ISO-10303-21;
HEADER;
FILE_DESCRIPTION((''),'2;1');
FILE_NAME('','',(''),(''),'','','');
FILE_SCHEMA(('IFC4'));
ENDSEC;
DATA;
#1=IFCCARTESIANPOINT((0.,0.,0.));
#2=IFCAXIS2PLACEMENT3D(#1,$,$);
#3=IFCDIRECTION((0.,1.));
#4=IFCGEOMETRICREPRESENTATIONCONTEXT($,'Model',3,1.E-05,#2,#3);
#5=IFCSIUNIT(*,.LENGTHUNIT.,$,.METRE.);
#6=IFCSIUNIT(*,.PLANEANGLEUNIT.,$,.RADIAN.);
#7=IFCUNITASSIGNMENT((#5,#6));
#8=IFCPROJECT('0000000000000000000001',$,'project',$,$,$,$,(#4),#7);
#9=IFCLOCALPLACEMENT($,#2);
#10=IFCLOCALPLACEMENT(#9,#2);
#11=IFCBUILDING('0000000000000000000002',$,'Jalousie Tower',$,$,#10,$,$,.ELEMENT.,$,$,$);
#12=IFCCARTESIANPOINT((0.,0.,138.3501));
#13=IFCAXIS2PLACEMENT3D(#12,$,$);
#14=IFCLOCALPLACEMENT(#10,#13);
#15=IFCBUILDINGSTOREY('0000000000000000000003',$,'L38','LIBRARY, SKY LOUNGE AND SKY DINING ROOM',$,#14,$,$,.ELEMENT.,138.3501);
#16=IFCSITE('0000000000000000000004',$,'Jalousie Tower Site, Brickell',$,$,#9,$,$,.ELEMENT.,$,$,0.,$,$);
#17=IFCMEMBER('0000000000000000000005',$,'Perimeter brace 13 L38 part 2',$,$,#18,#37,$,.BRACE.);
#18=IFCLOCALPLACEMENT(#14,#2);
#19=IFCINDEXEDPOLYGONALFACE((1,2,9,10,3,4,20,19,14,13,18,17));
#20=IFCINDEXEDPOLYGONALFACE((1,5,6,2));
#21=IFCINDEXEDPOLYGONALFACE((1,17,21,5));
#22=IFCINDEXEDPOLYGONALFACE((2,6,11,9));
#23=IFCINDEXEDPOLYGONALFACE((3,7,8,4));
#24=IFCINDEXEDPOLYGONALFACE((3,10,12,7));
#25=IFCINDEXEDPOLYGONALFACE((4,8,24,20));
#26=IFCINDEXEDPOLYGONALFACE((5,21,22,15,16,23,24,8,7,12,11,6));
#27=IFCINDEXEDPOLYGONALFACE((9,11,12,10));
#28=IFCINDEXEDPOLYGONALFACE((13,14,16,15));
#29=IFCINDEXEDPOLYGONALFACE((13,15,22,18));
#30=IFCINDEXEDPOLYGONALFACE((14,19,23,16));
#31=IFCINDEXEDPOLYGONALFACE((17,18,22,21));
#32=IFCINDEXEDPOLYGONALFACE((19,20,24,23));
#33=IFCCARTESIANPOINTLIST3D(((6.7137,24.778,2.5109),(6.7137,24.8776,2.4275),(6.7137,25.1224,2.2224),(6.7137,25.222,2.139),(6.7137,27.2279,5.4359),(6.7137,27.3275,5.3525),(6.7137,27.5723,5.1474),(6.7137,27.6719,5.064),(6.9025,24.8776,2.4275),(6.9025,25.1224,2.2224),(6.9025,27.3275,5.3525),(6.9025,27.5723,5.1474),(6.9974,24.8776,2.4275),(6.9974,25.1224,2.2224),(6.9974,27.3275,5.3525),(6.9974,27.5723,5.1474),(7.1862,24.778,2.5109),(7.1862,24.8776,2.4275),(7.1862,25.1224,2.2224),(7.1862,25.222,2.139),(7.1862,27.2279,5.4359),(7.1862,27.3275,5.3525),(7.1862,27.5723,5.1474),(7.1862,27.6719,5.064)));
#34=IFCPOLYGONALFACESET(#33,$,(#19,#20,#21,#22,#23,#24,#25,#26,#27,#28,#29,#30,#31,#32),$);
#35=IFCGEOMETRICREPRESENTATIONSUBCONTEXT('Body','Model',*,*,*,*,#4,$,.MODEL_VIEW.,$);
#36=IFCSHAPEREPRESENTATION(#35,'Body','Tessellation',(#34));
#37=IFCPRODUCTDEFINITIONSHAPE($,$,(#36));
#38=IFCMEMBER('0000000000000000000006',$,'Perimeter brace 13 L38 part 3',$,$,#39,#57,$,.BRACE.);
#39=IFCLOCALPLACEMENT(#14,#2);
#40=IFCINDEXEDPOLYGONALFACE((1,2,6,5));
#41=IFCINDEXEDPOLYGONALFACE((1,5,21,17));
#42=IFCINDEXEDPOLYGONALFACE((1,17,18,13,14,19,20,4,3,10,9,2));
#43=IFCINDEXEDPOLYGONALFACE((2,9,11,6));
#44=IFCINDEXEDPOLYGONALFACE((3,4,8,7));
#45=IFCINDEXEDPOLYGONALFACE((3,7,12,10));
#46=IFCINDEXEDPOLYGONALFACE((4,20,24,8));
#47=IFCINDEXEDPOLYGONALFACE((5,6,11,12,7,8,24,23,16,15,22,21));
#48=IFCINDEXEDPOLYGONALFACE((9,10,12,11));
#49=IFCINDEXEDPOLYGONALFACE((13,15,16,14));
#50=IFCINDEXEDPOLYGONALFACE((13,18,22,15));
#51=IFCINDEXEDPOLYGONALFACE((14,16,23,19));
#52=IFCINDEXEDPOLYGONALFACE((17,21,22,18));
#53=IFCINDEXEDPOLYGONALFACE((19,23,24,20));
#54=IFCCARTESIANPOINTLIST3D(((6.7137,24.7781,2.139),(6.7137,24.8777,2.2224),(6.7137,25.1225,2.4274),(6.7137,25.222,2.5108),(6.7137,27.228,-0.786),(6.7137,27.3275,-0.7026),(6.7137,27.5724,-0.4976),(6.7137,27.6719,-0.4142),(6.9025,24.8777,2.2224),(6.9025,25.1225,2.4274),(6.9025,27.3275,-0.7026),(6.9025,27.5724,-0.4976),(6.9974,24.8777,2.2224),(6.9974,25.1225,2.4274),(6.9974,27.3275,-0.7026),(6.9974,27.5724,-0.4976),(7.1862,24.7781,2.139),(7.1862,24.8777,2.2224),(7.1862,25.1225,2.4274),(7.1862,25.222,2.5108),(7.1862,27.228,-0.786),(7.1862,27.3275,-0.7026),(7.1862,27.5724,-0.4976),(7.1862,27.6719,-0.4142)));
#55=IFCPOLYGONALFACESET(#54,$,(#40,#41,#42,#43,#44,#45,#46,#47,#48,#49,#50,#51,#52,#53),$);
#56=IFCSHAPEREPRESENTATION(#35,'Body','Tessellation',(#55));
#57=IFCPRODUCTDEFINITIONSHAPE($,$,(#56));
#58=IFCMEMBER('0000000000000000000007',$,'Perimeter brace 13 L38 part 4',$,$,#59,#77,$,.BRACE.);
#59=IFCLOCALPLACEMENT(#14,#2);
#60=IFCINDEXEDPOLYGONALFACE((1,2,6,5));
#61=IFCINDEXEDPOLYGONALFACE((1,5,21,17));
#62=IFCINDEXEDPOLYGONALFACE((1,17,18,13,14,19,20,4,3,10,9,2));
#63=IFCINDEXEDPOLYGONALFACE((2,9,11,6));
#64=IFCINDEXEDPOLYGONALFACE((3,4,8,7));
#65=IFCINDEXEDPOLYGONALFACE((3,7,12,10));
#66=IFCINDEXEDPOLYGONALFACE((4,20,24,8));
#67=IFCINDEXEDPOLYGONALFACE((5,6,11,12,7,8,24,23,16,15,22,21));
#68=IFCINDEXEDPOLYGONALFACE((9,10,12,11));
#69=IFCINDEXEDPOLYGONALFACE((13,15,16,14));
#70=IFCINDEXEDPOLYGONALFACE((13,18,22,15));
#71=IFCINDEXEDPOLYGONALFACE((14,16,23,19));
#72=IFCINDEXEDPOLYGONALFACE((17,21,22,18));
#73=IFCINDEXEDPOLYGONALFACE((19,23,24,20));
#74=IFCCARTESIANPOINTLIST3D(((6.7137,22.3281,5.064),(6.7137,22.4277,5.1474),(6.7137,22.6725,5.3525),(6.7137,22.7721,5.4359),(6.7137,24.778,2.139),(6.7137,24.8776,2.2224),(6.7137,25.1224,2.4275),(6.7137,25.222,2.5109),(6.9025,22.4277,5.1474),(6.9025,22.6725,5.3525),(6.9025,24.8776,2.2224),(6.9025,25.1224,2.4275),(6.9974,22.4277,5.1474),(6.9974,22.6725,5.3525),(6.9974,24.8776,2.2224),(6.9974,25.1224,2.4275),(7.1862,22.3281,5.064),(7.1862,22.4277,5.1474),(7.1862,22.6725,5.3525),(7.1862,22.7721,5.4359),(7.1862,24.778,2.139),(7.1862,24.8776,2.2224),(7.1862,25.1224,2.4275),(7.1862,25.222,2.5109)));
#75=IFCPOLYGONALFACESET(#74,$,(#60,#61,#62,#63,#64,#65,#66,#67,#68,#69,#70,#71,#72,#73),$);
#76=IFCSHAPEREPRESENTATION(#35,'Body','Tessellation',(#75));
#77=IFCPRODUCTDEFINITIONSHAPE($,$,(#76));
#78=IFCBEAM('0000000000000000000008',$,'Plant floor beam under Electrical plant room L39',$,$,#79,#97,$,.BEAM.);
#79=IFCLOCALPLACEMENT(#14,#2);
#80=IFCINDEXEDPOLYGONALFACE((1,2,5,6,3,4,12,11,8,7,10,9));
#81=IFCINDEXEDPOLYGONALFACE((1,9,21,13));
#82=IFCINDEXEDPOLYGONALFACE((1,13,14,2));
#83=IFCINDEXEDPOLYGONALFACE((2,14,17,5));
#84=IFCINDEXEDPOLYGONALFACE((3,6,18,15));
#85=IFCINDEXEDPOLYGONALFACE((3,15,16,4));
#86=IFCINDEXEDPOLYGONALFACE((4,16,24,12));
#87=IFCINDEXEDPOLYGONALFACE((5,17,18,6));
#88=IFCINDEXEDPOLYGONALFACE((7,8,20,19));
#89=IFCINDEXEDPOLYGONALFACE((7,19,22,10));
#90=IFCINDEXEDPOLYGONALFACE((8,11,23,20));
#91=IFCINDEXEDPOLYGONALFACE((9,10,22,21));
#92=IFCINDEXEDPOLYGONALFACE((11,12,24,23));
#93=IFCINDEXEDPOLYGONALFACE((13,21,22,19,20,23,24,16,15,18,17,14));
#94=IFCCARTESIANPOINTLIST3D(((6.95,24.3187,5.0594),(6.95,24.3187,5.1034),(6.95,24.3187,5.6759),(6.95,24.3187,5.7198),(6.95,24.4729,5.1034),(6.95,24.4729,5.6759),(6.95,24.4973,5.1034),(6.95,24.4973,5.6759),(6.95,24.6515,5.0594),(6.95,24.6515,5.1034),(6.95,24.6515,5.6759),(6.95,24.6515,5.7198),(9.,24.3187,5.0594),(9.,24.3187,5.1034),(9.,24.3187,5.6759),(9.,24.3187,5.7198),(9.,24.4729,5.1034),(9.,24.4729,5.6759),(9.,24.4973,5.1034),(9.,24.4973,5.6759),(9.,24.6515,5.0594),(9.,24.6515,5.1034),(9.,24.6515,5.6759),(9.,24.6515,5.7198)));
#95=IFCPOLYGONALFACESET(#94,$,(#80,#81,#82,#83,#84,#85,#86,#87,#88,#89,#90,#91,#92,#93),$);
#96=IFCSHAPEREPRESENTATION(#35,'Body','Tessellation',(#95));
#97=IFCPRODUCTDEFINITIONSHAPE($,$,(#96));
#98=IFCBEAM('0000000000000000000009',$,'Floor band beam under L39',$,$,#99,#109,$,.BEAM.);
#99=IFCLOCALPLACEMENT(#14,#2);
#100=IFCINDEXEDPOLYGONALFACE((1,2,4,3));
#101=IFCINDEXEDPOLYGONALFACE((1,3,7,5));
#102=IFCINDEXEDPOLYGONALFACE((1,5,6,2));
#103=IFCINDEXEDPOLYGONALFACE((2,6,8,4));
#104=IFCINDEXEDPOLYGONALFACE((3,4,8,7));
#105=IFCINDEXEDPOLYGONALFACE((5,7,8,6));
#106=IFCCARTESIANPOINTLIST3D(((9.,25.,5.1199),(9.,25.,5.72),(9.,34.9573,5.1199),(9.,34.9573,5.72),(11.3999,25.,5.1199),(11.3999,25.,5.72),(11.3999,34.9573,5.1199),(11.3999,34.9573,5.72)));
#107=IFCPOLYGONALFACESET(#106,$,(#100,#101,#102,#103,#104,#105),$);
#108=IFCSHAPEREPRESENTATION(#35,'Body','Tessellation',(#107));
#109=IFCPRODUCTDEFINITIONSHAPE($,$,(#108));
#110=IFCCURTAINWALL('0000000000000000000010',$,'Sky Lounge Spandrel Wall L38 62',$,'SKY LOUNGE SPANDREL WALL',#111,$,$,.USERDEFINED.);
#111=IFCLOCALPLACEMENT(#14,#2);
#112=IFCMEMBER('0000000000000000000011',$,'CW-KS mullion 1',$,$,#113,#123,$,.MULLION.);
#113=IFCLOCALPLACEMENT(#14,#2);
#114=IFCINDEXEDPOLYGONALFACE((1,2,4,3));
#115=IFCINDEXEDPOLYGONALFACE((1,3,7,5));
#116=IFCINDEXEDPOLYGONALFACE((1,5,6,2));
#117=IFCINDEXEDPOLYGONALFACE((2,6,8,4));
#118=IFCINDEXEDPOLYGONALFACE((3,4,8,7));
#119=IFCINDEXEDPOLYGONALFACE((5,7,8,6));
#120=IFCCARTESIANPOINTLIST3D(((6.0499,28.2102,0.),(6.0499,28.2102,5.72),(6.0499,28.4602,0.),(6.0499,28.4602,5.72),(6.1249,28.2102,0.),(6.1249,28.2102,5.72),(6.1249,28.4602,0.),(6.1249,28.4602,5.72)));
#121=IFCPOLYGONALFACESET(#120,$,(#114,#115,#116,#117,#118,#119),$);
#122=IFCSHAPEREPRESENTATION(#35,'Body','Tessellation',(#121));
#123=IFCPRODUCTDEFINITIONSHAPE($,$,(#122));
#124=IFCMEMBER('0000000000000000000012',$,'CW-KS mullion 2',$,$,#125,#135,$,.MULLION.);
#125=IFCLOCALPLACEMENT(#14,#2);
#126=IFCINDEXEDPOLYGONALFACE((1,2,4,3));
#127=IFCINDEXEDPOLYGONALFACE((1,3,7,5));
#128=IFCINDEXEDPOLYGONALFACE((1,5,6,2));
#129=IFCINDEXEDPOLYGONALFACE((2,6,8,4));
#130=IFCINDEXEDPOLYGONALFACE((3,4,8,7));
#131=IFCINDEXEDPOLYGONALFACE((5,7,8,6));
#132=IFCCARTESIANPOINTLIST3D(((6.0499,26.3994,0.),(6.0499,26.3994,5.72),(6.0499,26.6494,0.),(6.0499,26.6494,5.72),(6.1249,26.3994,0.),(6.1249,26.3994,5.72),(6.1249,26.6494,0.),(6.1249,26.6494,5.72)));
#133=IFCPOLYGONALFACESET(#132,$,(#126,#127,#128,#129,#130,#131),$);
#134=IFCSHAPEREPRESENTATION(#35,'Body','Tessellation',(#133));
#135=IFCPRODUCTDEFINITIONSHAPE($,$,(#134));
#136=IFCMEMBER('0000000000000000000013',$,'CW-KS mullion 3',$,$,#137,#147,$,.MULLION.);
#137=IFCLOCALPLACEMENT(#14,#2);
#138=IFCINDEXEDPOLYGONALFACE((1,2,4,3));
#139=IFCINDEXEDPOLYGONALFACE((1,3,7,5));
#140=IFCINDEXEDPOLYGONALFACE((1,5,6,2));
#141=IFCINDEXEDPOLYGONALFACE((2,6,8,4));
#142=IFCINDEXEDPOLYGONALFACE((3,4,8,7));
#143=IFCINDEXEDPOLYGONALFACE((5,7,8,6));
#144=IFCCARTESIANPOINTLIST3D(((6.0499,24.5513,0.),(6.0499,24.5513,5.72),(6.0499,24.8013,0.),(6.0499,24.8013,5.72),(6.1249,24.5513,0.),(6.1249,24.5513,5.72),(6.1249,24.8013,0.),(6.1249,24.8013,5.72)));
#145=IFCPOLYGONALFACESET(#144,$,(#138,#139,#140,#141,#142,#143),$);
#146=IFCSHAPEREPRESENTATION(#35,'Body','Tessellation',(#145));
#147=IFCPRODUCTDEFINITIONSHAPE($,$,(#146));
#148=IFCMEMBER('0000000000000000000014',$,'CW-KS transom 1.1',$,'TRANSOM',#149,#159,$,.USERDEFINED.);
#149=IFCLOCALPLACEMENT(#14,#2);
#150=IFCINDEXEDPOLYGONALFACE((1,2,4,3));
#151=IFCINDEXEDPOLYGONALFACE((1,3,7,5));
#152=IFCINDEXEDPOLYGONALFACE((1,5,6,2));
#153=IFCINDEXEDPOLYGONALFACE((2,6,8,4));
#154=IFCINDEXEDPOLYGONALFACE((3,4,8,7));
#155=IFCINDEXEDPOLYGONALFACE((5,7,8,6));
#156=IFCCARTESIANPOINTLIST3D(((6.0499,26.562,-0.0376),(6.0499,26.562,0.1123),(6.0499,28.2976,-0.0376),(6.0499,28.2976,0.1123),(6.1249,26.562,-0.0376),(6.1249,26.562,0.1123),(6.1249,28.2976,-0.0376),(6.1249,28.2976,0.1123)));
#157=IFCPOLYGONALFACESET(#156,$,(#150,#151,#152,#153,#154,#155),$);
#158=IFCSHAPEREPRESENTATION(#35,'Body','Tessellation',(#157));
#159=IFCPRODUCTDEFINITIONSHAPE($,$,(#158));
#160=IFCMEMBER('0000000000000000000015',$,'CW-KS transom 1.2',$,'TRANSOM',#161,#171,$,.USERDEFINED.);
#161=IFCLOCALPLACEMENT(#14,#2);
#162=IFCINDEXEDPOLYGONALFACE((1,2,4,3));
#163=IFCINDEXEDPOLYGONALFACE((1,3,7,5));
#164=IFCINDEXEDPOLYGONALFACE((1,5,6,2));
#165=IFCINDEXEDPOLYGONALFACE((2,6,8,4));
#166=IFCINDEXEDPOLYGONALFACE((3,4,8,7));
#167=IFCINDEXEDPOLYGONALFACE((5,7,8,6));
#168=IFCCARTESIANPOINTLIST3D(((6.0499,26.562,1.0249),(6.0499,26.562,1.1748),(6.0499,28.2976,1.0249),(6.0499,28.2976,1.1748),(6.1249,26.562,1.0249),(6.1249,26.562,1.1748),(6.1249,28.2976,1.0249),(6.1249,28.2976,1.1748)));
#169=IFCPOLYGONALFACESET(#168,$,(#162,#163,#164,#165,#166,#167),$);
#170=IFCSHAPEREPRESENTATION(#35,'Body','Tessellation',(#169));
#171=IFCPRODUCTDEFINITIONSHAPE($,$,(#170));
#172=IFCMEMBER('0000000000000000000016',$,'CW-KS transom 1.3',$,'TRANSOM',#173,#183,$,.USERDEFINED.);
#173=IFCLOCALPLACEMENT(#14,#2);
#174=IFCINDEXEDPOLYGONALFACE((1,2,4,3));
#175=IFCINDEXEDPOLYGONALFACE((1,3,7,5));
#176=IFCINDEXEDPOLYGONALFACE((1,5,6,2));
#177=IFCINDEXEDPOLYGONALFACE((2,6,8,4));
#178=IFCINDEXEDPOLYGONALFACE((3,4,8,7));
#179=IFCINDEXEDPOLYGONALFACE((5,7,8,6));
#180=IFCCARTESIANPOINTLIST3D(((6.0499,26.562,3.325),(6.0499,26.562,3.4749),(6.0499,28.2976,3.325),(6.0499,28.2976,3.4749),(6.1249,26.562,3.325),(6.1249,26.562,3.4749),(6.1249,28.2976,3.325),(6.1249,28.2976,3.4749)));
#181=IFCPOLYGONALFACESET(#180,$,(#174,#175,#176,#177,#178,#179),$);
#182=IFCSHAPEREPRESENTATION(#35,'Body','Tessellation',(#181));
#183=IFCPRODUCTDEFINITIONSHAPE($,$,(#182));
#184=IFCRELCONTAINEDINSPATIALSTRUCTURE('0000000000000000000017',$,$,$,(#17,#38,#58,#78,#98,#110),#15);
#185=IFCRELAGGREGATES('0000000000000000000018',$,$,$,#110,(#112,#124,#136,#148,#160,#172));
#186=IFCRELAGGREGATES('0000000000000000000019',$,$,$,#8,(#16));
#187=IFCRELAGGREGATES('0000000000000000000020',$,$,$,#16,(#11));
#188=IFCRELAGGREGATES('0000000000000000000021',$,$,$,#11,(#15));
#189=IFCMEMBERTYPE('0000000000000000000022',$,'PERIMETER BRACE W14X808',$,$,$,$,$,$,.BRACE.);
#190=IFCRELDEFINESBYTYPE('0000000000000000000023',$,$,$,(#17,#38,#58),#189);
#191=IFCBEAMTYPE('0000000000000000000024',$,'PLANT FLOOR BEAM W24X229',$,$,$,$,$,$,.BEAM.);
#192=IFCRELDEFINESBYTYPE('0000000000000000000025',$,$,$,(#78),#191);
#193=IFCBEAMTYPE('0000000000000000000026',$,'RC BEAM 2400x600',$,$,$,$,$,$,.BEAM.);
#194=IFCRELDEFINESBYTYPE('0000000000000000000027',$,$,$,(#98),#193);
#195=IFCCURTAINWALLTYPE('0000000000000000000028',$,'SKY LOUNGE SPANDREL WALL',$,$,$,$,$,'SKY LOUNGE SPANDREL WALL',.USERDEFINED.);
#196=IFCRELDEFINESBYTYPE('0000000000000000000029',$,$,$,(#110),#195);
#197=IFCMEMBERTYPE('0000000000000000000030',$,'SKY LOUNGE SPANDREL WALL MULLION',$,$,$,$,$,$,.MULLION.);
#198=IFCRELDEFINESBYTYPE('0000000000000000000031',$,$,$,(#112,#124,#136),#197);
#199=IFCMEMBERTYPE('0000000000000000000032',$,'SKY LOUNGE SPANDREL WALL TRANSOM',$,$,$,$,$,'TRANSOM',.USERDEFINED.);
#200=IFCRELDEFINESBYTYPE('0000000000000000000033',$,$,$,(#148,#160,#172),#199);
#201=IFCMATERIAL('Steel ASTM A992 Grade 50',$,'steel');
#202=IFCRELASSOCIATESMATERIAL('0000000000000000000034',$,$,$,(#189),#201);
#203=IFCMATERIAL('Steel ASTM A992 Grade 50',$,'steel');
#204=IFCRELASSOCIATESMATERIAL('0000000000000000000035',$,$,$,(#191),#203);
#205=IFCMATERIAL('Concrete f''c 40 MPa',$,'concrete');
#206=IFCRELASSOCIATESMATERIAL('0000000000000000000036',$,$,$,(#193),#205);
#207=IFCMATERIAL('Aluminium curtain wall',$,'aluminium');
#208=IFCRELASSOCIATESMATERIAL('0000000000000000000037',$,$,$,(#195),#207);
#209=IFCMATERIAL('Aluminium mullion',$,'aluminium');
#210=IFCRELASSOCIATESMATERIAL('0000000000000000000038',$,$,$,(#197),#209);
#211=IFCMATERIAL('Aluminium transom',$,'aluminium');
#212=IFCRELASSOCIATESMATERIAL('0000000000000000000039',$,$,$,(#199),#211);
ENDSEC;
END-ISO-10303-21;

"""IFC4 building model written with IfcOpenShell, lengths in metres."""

from ifc_helpers import new_model, si_unit, direction, frame, origin, origin_2d, place, context, subcontext, project, spatial, rectangle, i_section, extrude, material, material_profile, profile_set, type_object, element, aggregate, save


model = new_model("IFC4")

# Units and contexts
model_context = context("Model", 3, precision=1e-05, world=origin(), true_north=direction((0.0, 1.0)))
body_context = subcontext(model_context, "Body", "Model", "MODEL_VIEW")
ifc_project = project(units=[si_unit("LENGTHUNIT", "METRE"), si_unit("PLANEANGLEUNIT", "RADIAN")], contexts=[model_context])

# Site, building, storey
site_placement = place(None, origin())
site = spatial("IfcSite", under=ifc_project, at=site_placement, Name="Jalousie Tower Site, Brickell", CompositionType="ELEMENT", RefElevation=0.0)
building_placement = place(site_placement, origin())
building = spatial("IfcBuilding", under=site, at=building_placement, Name="Jalousie Tower", CompositionType="ELEMENT")
storey_placement = place(building_placement, frame((0.0, 0.0, 138.3501)))
storey = spatial("IfcBuildingStorey", under=building, at=storey_placement, Name="L38", Description="LIBRARY, SKY LOUNGE AND SKY DINING ROOM", CompositionType="ELEMENT", Elevation=138.3501)

# Members
ifc_material_1 = material(Name="Steel ASTM A992 Grade 50", Category="steel")
ifc_material_profile_1 = material_profile(ifc_material_1, i_section(OverallWidth=0.4724, OverallDepth=0.5791, WebThickness=0.095, FlangeThickness=0.1299, at=origin_2d()), Name="W14X808")
ifc_profile_set_1 = profile_set([ifc_material_profile_1], Name="Steel ASTM A992 Grade 50")
member_type_1 = type_object("IfcMemberType", Name="PERIMETER BRACE W14X808", PredefinedType="BRACE", material=ifc_profile_set_1)
for number, where, z_axis, x_axis, name in (
    (1, (6.95, 25.0, 2.325), (0.0, 0.642102, 0.766619), (-1.0, 0.0, 0.0), "Perimeter brace 13 L38 part 2"),
    (2, (6.95, 27.45, -0.6001), (0.0, -0.642102, 0.766619), (1.0, 0.0, 0.0), "Perimeter brace 13 L38 part 3"),
    (3, (6.95, 25.0, 2.325), (0.0, -0.642102, 0.766619), (1.0, 0.0, 0.0), "Perimeter brace 13 L38 part 4"),
):
    element("IfcMember", number, at=place(storey_placement, frame(where, z_axis=z_axis, x_axis=x_axis)), inside=storey, type_object=member_type_1, Name=name, PredefinedType="BRACE", context=body_context, shape_type="SweptSolid", body=[
        extrude(i_section(OverallWidth=0.4724, OverallDepth=0.5791, WebThickness=0.095, FlangeThickness=0.1299, at=origin_2d()), origin(), (0.0, 0.0, 1.0), 3.8154),
    ])

# Beams
ifc_material_2 = material(Name="Steel ASTM A992 Grade 50", Category="steel")
ifc_material_profile_2 = material_profile(ifc_material_2, i_section(OverallWidth=0.3328, OverallDepth=0.6604, WebThickness=0.0244, FlangeThickness=0.0439, at=origin_2d()), Name="W24X229")
ifc_profile_set_2 = profile_set([ifc_material_profile_2], Name="Steel ASTM A992 Grade 50")
beam_type_1 = type_object("IfcBeamType", Name="PLANT FLOOR BEAM W24X229", PredefinedType="BEAM", material=ifc_profile_set_2)
beam_1_placement = place(storey_placement, frame((6.95, 24.4851, 5.3896), z_axis=(1.0, 0.0, 0.0), x_axis=(0.0, 1.0, 0.0)))
element("IfcBeam", 4, at=beam_1_placement, inside=storey, type_object=beam_type_1, Name="Plant floor beam under Electrical plant room L39", PredefinedType="BEAM", context=body_context, shape_type="SweptSolid", body=[
    extrude(i_section(OverallWidth=0.3328, OverallDepth=0.6604, WebThickness=0.0244, FlangeThickness=0.0439, at=origin_2d()), origin(), (0.0, 0.0, 1.0), 2.05),
])
ifc_material_3 = material(Name="Concrete f'c 40 MPa", Category="concrete")
ifc_material_profile_3 = material_profile(ifc_material_3, rectangle(XDim=2.3999, YDim=0.6001, at=origin_2d()), Name="RC 2400x600")
ifc_profile_set_3 = profile_set([ifc_material_profile_3], Name="Concrete f'c 40 MPa")
beam_type_2 = type_object("IfcBeamType", Name="RC BEAM 2400x600", PredefinedType="BEAM", material=ifc_profile_set_3)
beam_2_placement = place(storey_placement, frame((10.2, 25.0, 5.4199), z_axis=(0.0, 1.0, 0.0), x_axis=(-1.0, 0.0, 0.0)))
element("IfcBeam", 5, at=beam_2_placement, inside=storey, type_object=beam_type_2, Name="Floor band beam under L39", PredefinedType="BEAM", context=body_context, shape_type="SweptSolid", body=[
    extrude(rectangle(XDim=2.3999, YDim=0.6001, at=origin_2d()), origin(), (0.0, 0.0, 1.0), 9.9573),
])

# Curtain wall, members
ifc_material_4 = material(Name="Aluminium curtain wall", Category="aluminium")
curtain_wall_type = type_object("IfcCurtainWallType", Name="SKY LOUNGE SPANDREL WALL", ElementType="SKY LOUNGE SPANDREL WALL", PredefinedType="USERDEFINED", material=ifc_material_4)
curtain_wall_placement = place(storey_placement, origin())
curtain_wall = element("IfcCurtainWall", 6, at=curtain_wall_placement, inside=storey, type_object=curtain_wall_type, Name="Sky Lounge Spandrel Wall L38 62", ObjectType="SKY LOUNGE SPANDREL WALL", PredefinedType="USERDEFINED")
ifc_material_5 = material(Name="Aluminium mullion", Category="aluminium")
ifc_material_profile_4 = material_profile(ifc_material_5, rectangle(XDim=0.075, YDim=0.25, at=origin_2d()), Name="MULLION 75x250")
ifc_profile_set_4 = profile_set([ifc_material_profile_4], Name="Aluminium mullion")
member_type_2 = type_object("IfcMemberType", Name="SKY LOUNGE SPANDREL WALL MULLION", PredefinedType="MULLION", material=ifc_profile_set_4)
member_1_placement = place(storey_placement, frame((6.0874, 28.3352, 0.0), z_axis=(0.0, 0.0, 1.0), x_axis=(1.0, 0.0, 0.0)))
member_1 = element("IfcMember", 7, at=member_1_placement, type_object=member_type_2, Name="CW-KS mullion 1", PredefinedType="MULLION", context=body_context, shape_type="SweptSolid", body=[
    extrude(rectangle(XDim=0.075, YDim=0.25, at=origin_2d()), origin(), (0.0, 0.0, 1.0), 5.72),
])
member_2_placement = place(storey_placement, frame((6.0874, 26.5244, 0.0), z_axis=(0.0, 0.0, 1.0), x_axis=(1.0, 0.0, 0.0)))
member_2 = element("IfcMember", 8, at=member_2_placement, type_object=member_type_2, Name="CW-KS mullion 2", PredefinedType="MULLION", context=body_context, shape_type="SweptSolid", body=[
    extrude(rectangle(XDim=0.075, YDim=0.25, at=origin_2d()), origin(), (0.0, 0.0, 1.0), 5.72),
])
member_3_placement = place(storey_placement, frame((6.0874, 24.6763, 0.0), z_axis=(0.0, 0.0, 1.0), x_axis=(1.0, 0.0, 0.0)))
member_3 = element("IfcMember", 9, at=member_3_placement, type_object=member_type_2, Name="CW-KS mullion 3", PredefinedType="MULLION", context=body_context, shape_type="SweptSolid", body=[
    extrude(rectangle(XDim=0.075, YDim=0.25, at=origin_2d()), origin(), (0.0, 0.0, 1.0), 5.72),
])
ifc_material_6 = material(Name="Aluminium transom", Category="aluminium")
ifc_material_profile_5 = material_profile(ifc_material_6, rectangle(XDim=0.075, YDim=0.1499, at=origin_2d()), Name="TRANSOM 75x150")
ifc_profile_set_5 = profile_set([ifc_material_profile_5], Name="Aluminium transom")
member_type_3 = type_object("IfcMemberType", Name="SKY LOUNGE SPANDREL WALL TRANSOM", ElementType="TRANSOM", PredefinedType="USERDEFINED", material=ifc_profile_set_5)
member_4_placement = place(storey_placement, frame((6.0874, 28.2976, 0.0374), z_axis=(0.0, -1.0, 0.0), x_axis=(1.0, 0.0, 0.0)))
member_4 = element("IfcMember", 10, at=member_4_placement, type_object=member_type_3, Name="CW-KS transom 1.1", ObjectType="TRANSOM", PredefinedType="USERDEFINED", context=body_context, shape_type="SweptSolid", body=[
    extrude(rectangle(XDim=0.075, YDim=0.1499, at=origin_2d()), origin(), (0.0, 0.0, 1.0), 1.7356),
])
member_5_placement = place(storey_placement, frame((6.0874, 28.2976, 1.0999), z_axis=(0.0, -1.0, 0.0), x_axis=(1.0, 0.0, 0.0)))
member_5 = element("IfcMember", 11, at=member_5_placement, type_object=member_type_3, Name="CW-KS transom 1.2", ObjectType="TRANSOM", PredefinedType="USERDEFINED", context=body_context, shape_type="SweptSolid", body=[
    extrude(rectangle(XDim=0.075, YDim=0.1499, at=origin_2d()), origin(), (0.0, 0.0, 1.0), 1.7356),
])
member_6_placement = place(storey_placement, frame((6.0874, 28.2976, 3.3999), z_axis=(0.0, -1.0, 0.0), x_axis=(1.0, 0.0, 0.0)))
member_6 = element("IfcMember", 12, at=member_6_placement, type_object=member_type_3, Name="CW-KS transom 1.3", ObjectType="TRANSOM", PredefinedType="USERDEFINED", context=body_context, shape_type="SweptSolid", body=[
    extrude(rectangle(XDim=0.075, YDim=0.1499, at=origin_2d()), origin(), (0.0, 0.0, 1.0), 1.7356),
])
aggregate(curtain_wall, [member_1, member_2, member_3, member_4, member_5, member_6])

save(model, "model.ifc")
